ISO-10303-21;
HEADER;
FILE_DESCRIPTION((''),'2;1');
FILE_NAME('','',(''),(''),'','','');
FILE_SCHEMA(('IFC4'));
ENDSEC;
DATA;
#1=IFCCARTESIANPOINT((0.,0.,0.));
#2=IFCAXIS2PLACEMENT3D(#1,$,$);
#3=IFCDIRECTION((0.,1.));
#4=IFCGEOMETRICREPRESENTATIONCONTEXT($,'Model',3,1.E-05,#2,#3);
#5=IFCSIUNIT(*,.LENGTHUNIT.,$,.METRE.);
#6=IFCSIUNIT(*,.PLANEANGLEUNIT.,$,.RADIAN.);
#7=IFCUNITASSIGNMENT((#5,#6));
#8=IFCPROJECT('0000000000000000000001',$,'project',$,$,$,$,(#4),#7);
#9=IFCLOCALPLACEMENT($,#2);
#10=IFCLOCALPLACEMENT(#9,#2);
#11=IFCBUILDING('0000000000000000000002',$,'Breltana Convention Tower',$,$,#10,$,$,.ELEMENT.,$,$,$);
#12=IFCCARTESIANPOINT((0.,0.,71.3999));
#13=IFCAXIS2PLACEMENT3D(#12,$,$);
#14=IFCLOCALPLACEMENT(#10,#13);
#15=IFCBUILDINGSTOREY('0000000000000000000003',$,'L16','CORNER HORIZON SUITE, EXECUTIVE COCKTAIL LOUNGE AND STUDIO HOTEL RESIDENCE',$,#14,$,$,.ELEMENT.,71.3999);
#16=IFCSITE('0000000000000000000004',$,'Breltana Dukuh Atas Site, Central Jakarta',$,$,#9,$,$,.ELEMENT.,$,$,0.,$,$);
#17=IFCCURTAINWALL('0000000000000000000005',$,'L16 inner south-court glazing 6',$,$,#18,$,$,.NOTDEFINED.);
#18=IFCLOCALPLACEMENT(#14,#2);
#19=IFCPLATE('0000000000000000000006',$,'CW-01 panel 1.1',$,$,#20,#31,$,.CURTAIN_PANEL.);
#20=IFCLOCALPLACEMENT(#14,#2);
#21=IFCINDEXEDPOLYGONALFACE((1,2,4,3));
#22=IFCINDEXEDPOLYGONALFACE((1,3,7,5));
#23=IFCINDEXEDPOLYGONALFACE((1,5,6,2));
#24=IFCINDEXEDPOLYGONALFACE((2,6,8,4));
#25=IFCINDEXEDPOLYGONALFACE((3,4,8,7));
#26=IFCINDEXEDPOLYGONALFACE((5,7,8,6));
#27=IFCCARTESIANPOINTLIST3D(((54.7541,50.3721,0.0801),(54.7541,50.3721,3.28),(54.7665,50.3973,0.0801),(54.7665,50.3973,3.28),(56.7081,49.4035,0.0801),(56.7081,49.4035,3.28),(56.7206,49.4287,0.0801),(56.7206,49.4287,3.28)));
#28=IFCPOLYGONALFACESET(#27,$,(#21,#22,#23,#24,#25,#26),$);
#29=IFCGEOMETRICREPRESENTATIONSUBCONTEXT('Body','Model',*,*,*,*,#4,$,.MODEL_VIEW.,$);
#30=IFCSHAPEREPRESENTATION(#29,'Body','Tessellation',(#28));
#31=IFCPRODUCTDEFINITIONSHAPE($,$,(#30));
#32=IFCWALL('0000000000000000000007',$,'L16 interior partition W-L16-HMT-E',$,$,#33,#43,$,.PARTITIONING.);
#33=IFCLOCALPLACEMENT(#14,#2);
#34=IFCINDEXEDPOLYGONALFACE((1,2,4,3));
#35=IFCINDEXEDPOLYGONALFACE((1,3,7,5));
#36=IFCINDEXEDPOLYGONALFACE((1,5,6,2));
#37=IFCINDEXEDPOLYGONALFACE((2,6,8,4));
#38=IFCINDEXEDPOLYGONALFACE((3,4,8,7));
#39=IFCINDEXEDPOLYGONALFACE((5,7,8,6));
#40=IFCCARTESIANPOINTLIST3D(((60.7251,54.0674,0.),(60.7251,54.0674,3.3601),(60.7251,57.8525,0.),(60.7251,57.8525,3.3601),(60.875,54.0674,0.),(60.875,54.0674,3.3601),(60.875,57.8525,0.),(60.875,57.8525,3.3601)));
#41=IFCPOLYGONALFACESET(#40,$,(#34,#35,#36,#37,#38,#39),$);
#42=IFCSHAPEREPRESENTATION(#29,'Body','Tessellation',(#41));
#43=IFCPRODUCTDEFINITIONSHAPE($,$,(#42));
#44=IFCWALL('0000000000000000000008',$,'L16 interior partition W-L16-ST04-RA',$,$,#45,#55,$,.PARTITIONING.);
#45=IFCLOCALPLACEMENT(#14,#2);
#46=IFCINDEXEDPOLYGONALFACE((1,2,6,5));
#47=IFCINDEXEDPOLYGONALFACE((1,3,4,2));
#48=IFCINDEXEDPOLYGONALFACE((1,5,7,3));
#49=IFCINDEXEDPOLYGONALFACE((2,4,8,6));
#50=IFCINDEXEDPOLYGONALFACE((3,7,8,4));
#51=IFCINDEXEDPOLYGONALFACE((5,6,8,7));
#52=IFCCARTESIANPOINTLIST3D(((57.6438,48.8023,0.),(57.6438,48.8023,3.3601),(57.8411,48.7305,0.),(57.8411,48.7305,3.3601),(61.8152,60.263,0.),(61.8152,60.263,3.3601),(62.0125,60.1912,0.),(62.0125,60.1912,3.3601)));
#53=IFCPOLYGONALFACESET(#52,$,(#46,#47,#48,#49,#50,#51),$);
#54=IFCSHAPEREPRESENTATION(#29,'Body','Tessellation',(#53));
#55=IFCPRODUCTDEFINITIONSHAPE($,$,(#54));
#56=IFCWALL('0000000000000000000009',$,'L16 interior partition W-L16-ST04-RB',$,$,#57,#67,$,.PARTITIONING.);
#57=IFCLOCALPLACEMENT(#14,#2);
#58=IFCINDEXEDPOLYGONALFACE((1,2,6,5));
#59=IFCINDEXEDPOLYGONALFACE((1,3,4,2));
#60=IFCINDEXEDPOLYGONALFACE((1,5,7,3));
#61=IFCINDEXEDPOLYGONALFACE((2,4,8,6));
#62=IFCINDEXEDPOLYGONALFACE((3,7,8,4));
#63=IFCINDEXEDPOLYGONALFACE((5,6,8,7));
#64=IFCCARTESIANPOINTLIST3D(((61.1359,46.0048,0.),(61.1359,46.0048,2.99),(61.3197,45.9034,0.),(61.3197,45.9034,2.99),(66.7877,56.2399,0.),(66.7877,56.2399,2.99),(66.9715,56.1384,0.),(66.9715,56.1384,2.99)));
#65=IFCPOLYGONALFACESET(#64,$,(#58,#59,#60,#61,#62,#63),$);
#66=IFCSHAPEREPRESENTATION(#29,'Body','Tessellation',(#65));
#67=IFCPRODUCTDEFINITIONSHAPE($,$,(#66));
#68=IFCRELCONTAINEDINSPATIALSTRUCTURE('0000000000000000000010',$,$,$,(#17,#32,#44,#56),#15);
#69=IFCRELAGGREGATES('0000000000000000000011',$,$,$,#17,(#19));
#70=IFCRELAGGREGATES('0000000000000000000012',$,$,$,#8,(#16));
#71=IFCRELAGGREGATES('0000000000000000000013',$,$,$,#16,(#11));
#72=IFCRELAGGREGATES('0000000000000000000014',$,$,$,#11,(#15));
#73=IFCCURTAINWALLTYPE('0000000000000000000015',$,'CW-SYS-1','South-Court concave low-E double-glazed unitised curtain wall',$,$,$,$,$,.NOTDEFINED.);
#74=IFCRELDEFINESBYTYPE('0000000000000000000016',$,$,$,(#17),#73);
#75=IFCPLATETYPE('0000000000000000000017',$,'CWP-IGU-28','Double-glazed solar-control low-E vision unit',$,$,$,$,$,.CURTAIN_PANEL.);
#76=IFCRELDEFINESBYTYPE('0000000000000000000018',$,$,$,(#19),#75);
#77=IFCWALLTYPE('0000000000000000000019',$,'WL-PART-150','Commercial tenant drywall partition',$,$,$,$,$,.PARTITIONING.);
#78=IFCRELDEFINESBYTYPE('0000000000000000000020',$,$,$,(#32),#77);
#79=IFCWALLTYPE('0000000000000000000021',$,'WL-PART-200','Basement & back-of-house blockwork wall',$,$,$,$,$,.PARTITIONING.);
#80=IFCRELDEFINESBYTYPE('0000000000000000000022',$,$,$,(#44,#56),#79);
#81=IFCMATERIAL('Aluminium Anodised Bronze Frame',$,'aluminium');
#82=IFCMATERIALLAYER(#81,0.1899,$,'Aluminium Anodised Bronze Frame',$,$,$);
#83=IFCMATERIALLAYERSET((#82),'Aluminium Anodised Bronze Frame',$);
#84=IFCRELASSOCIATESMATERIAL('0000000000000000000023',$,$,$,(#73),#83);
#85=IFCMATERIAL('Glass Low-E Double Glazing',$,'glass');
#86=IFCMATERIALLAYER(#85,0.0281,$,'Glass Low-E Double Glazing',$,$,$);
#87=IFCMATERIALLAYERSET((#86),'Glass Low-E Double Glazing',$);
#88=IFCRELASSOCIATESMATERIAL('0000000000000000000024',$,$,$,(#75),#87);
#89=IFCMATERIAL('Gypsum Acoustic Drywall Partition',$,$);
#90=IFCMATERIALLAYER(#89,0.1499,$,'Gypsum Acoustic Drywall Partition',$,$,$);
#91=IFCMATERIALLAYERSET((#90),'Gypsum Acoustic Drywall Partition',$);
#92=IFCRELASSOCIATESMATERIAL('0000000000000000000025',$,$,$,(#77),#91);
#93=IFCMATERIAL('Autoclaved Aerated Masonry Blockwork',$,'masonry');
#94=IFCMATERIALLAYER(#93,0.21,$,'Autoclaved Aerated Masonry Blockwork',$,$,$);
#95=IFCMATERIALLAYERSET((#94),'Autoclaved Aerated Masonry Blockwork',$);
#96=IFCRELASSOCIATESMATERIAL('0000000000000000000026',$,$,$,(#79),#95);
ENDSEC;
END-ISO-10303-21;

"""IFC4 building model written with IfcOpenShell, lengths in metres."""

from ifc_helpers import new_model, si_unit, direction, frame, frame_2d, origin, origin_2d, place, context, subcontext, project, spatial, rectangle, extrude, source, transform, mapped, material, layer, layer_set, type_object, element, aggregate, save


model = new_model("IFC4")

# Units and contexts
model_context = context("Model", 3, precision=1e-05, world=origin(), true_north=direction((0.0, 1.0)))
body_context = subcontext(model_context, "Body", "Model", "MODEL_VIEW")
ifc_project = project(units=[si_unit("LENGTHUNIT", "METRE"), si_unit("PLANEANGLEUNIT", "RADIAN")], contexts=[model_context])

# Site, building, storey
site_placement = place(None, origin())
site = spatial("IfcSite", under=ifc_project, at=site_placement, Name="Breltana Dukuh Atas Site, Central Jakarta", CompositionType="ELEMENT", RefElevation=0.0)
building_placement = place(site_placement, origin())
building = spatial("IfcBuilding", under=site, at=building_placement, Name="Breltana Convention Tower", CompositionType="ELEMENT")
storey_placement = place(building_placement, frame((0.0, 0.0, 71.3999)))
storey = spatial("IfcBuildingStorey", under=building, at=storey_placement, Name="L16", Description="CORNER HORIZON SUITE, EXECUTIVE COCKTAIL LOUNGE AND STUDIO HOTEL RESIDENCE", CompositionType="ELEMENT", Elevation=71.3999)

# Curtain wall
ifc_material_1 = material(Name="Aluminium Anodised Bronze Frame", Category="aluminium")
ifc_layer_1 = layer(ifc_material_1, 0.1899, Name="Aluminium Anodised Bronze Frame")
ifc_layer_set_1 = layer_set([ifc_layer_1], Name="Aluminium Anodised Bronze Frame")
curtain_wall_type = type_object("IfcCurtainWallType", Name="CW-SYS-1", Description="South-Court concave low-E double-glazed unitised curtain wall", PredefinedType="NOTDEFINED", material=ifc_layer_set_1)
curtain_wall_1_placement = place(storey_placement, origin())
curtain_wall_1 = element("IfcCurtainWall", 1, at=curtain_wall_1_placement, inside=storey, type_object=curtain_wall_type, Name="L16 inner south-court glazing 6", PredefinedType="NOTDEFINED")

# Plate
ifc_material_2 = material(Name="Glass Low-E Double Glazing", Category="glass")
ifc_layer_2 = layer(ifc_material_2, 0.0281, Name="Glass Low-E Double Glazing")
ifc_layer_set_2 = layer_set([ifc_layer_2], Name="Glass Low-E Double Glazing")
plate_type = type_object("IfcPlateType", Name="CWP-IGU-28", Description="Double-glazed solar-control low-E vision unit", PredefinedType="CURTAIN_PANEL", material=ifc_layer_set_2)
shared_shape_1 = source(origin(), body_context, "Body", "SweptSolid", [
    extrude(rectangle(XDim=2.1809, YDim=0.0281, at=origin_2d()), origin(), (0.0, 0.0, 1.0), 3.2),
])
plate_1_placement = place(storey_placement, frame((55.7373, 49.9004, 0.0801), z_axis=(0.0, 0.0, 1.0), x_axis=(-0.895968, 0.444118, 0.0)))
plate_1 = element("IfcPlate", 2, at=plate_1_placement, type_object=plate_type, Name="CW-01 panel 1.1", PredefinedType="CURTAIN_PANEL", context=body_context, shape_type="MappedRepresentation", body=[
    mapped(shared_shape_1, transform((0.0, 0.0, 0.0), scale=1.0)),
])
aggregate(curtain_wall_1, [plate_1])

# Walls
ifc_material_3 = material(Name="Gypsum Acoustic Drywall Partition")
ifc_layer_3 = layer(ifc_material_3, 0.1499, Name="Gypsum Acoustic Drywall Partition")
ifc_layer_set_3 = layer_set([ifc_layer_3], Name="Gypsum Acoustic Drywall Partition")
wall_type_1 = type_object("IfcWallType", Name="WL-PART-150", Description="Commercial tenant drywall partition", PredefinedType="PARTITIONING", material=ifc_layer_set_3)
shared_shape_2 = source(origin(), body_context, "Body", "SweptSolid", [
    extrude(rectangle(XDim=3.7852, YDim=0.1499, at=frame_2d((1.8926, 0.0))), origin(), (0.0, 0.0, 1.0), 3.3601),
])
wall_1_placement = place(storey_placement, frame((60.8, 54.0674, 0.0), z_axis=(0.0, 0.0, 1.0), x_axis=(0.0, 1.0, 0.0)))
element("IfcWall", 3, at=wall_1_placement, inside=storey, type_object=wall_type_1, Name="L16 interior partition W-L16-HMT-E", PredefinedType="PARTITIONING", context=body_context, shape_type="MappedRepresentation", body=[
    mapped(shared_shape_2, transform((0.0, 0.0, 0.0), scale=1.0)),
])
ifc_material_4 = material(Name="Autoclaved Aerated Masonry Blockwork", Category="masonry")
ifc_layer_4 = layer(ifc_material_4, 0.21, Name="Autoclaved Aerated Masonry Blockwork")
ifc_layer_set_4 = layer_set([ifc_layer_4], Name="Autoclaved Aerated Masonry Blockwork")
wall_type_2 = type_object("IfcWallType", Name="WL-PART-200", Description="Basement & back-of-house blockwork wall", PredefinedType="PARTITIONING", material=ifc_layer_set_4)
shared_shape_3 = source(origin(), body_context, "Body", "SweptSolid", [
    extrude(rectangle(XDim=12.1963, YDim=0.21, at=frame_2d((6.0981, 0.0))), origin(), (0.0, 0.0, 1.0), 3.3601),
])
wall_2_placement = place(storey_placement, frame((57.7424, 48.7664, 0.0), z_axis=(0.0, 0.0, 1.0), x_axis=(0.342023, 0.939692, 0.0)))
element("IfcWall", 4, at=wall_2_placement, inside=storey, type_object=wall_type_2, Name="L16 interior partition W-L16-ST04-RA", PredefinedType="PARTITIONING", context=body_context, shape_type="MappedRepresentation", body=[
    mapped(shared_shape_3, transform((0.0, 0.0, 0.0), scale=1.0)),
])
shared_shape_4 = source(origin(), body_context, "Body", "SweptSolid", [
    extrude(rectangle(XDim=11.6919, YDim=0.21, at=frame_2d((5.8459, 0.0))), origin(), (0.0, 0.0, 1.0), 2.99),
])
wall_3_placement = place(storey_placement, frame((61.2278, 45.9541, 0.0), z_axis=(0.0, 0.0, 1.0), x_axis=(0.483399, 0.8754, 0.0)))
element("IfcWall", 5, at=wall_3_placement, inside=storey, type_object=wall_type_2, Name="L16 interior partition W-L16-ST04-RB", PredefinedType="PARTITIONING", context=body_context, shape_type="MappedRepresentation", body=[
    mapped(shared_shape_4, transform((0.0, 0.0, 0.0), scale=1.0)),
])

save(model, "model.ifc")
